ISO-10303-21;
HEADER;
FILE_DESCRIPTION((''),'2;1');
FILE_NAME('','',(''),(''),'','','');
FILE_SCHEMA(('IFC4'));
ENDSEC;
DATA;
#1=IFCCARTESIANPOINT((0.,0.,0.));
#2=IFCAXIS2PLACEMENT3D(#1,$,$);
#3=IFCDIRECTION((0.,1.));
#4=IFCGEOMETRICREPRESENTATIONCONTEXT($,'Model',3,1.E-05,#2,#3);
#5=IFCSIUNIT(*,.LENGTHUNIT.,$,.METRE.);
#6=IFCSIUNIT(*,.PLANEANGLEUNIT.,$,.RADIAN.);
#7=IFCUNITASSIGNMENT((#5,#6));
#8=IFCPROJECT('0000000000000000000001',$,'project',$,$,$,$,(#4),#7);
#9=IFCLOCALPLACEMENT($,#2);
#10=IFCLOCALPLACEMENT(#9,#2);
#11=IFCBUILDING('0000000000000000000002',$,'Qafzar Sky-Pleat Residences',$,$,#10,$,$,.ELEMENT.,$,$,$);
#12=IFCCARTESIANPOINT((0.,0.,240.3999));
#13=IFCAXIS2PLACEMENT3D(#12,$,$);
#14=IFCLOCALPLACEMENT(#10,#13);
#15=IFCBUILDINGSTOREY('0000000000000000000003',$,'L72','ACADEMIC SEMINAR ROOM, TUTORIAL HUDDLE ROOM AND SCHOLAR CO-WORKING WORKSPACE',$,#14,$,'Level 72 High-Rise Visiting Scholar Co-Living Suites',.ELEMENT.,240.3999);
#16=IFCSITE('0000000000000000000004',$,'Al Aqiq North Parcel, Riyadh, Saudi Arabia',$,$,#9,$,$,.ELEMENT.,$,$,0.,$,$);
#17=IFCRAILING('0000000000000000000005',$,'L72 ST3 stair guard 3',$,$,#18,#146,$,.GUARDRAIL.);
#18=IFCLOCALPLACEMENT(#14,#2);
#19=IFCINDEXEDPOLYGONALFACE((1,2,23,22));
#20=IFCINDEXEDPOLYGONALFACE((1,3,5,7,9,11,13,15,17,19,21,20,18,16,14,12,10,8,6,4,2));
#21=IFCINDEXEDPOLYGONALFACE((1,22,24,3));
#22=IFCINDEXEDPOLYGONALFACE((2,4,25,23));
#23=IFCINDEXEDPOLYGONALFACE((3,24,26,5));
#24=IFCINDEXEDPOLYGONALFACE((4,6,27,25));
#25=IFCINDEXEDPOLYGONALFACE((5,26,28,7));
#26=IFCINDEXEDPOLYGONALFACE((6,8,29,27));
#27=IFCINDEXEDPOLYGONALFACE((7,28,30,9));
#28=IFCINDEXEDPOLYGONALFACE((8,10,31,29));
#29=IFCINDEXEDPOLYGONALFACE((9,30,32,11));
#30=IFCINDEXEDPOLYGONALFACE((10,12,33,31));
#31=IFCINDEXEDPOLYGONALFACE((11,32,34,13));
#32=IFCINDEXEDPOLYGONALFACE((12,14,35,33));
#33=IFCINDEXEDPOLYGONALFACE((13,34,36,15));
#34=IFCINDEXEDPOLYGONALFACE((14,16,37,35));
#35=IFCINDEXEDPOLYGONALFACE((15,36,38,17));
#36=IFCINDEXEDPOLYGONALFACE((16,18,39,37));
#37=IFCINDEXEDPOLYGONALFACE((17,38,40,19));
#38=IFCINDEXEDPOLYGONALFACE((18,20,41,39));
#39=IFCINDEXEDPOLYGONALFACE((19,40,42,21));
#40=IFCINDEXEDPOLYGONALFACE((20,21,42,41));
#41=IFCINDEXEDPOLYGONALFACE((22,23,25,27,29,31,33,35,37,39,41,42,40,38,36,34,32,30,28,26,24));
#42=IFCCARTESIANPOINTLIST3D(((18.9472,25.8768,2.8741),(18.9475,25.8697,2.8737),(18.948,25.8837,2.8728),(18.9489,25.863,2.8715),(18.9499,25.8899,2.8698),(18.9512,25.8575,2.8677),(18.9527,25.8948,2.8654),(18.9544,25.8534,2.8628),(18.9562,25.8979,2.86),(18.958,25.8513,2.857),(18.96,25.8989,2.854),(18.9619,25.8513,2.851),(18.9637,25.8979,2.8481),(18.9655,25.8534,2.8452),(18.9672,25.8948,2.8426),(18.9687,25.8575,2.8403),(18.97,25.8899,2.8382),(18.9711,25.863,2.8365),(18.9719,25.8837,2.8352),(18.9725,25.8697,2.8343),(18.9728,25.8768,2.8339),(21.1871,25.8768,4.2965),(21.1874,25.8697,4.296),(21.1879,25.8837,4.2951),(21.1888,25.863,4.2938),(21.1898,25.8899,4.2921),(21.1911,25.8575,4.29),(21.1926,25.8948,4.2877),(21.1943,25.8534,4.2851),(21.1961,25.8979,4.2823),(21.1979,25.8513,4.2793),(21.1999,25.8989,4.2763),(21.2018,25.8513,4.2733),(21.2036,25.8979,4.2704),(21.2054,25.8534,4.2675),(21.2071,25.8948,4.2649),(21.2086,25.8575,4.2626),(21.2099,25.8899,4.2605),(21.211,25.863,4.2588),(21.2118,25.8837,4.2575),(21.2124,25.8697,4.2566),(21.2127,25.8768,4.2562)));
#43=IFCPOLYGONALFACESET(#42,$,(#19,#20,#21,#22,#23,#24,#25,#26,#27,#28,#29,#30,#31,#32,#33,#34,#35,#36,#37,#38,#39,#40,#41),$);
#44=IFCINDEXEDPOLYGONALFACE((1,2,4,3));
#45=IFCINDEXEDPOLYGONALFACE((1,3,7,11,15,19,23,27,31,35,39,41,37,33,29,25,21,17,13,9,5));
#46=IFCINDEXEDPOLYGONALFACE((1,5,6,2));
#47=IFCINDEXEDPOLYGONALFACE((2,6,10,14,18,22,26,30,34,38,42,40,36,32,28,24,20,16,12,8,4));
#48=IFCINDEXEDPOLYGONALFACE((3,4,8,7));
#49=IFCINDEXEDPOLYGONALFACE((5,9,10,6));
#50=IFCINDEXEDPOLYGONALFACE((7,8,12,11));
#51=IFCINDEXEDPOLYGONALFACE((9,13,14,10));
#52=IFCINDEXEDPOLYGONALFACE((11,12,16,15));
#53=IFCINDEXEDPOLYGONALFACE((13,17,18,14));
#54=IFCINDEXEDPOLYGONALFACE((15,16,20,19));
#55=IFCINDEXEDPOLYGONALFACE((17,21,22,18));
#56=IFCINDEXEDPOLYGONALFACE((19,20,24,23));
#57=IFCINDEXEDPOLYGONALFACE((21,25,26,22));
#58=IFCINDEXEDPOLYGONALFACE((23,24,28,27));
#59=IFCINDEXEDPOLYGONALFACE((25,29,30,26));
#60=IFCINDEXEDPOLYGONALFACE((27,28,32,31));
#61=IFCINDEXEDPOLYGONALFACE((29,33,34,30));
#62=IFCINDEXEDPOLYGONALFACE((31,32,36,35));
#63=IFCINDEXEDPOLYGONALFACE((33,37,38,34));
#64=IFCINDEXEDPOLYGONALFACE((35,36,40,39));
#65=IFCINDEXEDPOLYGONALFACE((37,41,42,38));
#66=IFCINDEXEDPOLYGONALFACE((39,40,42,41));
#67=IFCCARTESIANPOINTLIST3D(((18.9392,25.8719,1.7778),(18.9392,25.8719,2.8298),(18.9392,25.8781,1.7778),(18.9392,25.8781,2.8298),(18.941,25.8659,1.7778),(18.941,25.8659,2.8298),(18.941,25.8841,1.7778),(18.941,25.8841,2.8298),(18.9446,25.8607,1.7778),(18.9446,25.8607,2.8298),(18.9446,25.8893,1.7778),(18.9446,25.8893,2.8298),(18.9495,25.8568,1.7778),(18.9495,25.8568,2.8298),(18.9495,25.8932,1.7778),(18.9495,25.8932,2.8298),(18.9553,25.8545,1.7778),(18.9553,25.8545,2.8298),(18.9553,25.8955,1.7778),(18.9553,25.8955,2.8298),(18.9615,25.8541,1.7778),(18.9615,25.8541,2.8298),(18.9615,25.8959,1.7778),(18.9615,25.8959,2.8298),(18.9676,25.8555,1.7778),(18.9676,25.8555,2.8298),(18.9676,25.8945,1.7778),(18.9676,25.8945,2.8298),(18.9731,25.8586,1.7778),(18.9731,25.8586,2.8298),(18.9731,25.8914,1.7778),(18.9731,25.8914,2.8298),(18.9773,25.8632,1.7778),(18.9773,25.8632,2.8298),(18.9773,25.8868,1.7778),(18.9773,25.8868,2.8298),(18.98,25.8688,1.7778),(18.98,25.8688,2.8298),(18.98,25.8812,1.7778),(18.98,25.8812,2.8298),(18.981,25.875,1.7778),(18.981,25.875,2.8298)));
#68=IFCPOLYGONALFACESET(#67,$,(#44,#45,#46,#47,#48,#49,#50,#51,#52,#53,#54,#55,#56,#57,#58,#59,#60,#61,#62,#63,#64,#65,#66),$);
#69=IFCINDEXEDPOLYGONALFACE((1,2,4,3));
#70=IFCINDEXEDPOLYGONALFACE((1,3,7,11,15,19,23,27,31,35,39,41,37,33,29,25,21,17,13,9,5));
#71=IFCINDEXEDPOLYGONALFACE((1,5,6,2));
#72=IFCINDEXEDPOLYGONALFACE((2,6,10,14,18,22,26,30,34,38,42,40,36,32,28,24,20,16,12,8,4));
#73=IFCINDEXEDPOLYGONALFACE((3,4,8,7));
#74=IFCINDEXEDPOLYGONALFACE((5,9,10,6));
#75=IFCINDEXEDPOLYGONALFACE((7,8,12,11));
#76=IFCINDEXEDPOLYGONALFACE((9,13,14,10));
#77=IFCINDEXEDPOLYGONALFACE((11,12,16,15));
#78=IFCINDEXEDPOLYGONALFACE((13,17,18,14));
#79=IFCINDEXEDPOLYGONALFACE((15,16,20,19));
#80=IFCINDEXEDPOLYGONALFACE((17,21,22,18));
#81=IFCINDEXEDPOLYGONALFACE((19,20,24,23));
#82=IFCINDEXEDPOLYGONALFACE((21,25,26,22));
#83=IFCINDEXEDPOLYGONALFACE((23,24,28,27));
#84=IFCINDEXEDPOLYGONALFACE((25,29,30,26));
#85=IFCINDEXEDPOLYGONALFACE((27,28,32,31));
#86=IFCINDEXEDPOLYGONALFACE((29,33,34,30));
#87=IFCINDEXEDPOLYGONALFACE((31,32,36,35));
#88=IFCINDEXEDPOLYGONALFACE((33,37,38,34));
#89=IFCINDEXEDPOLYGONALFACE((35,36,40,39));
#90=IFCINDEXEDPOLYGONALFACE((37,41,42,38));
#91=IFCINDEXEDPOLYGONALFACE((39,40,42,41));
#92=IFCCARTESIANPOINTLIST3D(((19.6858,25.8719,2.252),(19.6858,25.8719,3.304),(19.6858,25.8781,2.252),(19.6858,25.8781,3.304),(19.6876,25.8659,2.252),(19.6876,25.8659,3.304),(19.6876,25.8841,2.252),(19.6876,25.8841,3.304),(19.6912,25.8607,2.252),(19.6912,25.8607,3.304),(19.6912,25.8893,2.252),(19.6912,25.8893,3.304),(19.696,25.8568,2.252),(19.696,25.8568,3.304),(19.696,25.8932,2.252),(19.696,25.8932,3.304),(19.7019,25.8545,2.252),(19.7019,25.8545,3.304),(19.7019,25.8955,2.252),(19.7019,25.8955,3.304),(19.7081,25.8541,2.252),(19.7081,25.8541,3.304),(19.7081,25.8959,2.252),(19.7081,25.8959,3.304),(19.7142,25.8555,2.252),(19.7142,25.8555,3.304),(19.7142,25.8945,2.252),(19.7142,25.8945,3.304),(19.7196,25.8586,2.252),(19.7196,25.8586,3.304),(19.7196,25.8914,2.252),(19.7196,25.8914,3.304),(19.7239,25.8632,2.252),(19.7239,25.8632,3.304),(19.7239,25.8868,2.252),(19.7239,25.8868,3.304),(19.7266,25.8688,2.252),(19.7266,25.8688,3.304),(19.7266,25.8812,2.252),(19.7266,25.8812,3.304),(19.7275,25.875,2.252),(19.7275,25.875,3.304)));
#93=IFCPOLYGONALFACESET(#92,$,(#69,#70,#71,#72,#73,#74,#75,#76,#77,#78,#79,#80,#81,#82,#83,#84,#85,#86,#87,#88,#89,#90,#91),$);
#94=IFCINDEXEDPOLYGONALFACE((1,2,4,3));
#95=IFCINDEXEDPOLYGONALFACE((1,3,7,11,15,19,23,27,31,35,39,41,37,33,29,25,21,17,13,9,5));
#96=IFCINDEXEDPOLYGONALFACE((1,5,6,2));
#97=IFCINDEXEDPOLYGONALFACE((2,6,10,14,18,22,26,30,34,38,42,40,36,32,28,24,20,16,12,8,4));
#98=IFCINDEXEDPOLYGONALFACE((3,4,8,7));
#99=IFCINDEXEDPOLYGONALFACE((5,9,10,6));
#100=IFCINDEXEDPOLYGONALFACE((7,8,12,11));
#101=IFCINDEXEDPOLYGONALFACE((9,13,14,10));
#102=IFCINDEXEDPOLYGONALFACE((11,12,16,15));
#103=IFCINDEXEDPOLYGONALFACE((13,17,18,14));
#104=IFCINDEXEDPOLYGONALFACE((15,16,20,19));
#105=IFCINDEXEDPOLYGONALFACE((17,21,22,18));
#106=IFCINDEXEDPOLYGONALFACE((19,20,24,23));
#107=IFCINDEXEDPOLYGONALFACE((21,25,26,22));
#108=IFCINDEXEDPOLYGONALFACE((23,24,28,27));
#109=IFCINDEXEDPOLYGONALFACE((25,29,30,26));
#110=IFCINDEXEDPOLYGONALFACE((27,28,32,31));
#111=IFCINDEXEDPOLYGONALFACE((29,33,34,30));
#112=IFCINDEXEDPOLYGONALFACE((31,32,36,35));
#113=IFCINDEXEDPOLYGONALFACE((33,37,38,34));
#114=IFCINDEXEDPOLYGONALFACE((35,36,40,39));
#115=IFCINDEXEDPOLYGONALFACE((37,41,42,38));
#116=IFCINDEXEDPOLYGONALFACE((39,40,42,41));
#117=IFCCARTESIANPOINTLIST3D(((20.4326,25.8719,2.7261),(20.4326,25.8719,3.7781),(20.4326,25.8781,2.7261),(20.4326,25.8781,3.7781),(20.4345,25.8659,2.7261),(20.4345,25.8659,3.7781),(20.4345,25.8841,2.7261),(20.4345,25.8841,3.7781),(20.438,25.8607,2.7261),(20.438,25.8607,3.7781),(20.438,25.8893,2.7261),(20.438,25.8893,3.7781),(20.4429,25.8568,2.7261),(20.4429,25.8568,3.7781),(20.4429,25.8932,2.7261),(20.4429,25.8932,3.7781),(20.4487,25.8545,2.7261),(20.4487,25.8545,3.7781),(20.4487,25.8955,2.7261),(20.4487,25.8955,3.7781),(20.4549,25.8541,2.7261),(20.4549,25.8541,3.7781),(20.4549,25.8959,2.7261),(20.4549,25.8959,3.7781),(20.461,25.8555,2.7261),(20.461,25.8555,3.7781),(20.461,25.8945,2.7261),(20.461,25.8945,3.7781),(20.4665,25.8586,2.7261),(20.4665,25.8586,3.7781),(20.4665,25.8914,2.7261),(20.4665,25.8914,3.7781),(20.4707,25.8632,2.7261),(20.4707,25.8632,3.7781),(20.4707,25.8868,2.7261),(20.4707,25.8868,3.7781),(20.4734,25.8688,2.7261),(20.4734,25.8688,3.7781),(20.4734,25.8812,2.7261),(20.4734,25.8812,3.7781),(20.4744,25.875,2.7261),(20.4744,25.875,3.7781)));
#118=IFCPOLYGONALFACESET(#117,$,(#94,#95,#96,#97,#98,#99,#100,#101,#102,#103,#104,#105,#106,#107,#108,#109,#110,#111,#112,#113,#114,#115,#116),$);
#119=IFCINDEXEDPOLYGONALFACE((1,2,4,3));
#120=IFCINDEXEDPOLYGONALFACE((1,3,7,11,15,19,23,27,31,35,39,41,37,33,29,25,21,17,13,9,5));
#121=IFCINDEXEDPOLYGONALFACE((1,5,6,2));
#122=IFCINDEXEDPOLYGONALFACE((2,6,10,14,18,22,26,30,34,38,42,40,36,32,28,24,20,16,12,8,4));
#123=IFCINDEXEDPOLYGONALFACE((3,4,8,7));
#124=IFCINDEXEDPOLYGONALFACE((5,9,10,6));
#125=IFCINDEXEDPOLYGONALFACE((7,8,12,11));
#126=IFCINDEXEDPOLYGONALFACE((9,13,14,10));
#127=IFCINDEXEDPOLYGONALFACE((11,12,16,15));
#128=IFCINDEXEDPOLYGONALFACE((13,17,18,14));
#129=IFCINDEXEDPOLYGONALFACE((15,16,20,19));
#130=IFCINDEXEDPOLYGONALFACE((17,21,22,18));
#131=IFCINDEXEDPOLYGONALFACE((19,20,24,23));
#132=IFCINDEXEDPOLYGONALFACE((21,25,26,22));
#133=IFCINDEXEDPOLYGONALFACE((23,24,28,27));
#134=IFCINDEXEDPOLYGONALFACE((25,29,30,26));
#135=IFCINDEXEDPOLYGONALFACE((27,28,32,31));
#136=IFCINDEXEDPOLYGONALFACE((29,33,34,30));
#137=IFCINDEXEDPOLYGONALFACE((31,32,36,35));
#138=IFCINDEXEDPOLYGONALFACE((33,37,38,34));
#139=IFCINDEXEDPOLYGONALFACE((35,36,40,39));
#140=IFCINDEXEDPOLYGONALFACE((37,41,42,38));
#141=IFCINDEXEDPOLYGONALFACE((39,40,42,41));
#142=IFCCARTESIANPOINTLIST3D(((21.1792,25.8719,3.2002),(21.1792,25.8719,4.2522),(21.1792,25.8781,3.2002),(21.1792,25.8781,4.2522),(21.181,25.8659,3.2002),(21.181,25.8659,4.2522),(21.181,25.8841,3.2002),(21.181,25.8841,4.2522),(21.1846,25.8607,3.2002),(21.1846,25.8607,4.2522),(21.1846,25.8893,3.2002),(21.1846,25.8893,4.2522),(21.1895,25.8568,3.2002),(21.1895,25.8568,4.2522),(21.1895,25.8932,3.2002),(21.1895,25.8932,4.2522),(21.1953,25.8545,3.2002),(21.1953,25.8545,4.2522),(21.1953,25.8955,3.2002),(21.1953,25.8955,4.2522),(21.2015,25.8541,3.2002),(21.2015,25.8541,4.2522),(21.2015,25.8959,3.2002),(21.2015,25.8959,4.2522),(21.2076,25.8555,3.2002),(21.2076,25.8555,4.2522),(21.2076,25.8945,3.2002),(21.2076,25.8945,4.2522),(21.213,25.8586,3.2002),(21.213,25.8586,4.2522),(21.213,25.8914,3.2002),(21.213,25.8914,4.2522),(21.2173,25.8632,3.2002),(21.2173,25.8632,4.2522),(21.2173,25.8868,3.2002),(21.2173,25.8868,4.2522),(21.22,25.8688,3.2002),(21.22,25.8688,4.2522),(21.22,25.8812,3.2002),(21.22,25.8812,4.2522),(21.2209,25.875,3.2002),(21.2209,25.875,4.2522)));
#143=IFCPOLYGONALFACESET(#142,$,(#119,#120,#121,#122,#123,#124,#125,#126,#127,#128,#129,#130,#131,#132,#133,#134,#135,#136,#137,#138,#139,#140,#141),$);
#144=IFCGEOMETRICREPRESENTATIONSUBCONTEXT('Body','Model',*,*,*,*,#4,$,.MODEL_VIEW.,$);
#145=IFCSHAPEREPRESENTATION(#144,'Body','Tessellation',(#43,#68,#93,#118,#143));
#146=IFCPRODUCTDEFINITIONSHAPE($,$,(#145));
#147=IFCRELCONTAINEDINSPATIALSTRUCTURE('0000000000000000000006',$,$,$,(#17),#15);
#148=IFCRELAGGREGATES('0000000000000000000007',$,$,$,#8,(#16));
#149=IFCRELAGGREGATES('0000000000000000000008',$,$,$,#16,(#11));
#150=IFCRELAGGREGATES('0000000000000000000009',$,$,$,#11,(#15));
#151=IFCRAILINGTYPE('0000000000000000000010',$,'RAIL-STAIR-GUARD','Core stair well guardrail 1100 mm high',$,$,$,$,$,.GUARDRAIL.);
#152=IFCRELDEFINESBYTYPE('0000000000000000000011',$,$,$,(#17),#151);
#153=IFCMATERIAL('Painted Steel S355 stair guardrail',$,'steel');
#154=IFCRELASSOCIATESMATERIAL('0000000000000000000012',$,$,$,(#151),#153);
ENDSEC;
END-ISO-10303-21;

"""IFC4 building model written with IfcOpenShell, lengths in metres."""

from ifc_helpers import new_model, si_unit, direction, frame, origin, origin_2d, place, context, subcontext, project, spatial, circle, extrude, source, transform, mapped, material, type_object, element, save


model = new_model("IFC4")

# Units and contexts
model_context = context("Model", 3, precision=1e-05, world=origin(), true_north=direction((0.0, 1.0)))
body_context = subcontext(model_context, "Body", "Model", "MODEL_VIEW")
ifc_project = project(units=[si_unit("LENGTHUNIT", "METRE"), si_unit("PLANEANGLEUNIT", "RADIAN")], contexts=[model_context])

# Site, building, storey
site_placement = place(None, origin())
site = spatial("IfcSite", under=ifc_project, at=site_placement, Name="Al Aqiq North Parcel, Riyadh, Saudi Arabia", CompositionType="ELEMENT", RefElevation=0.0)
building_placement = place(site_placement, origin())
building = spatial("IfcBuilding", under=site, at=building_placement, Name="Qafzar Sky-Pleat Residences", CompositionType="ELEMENT")
storey_placement = place(building_placement, frame((0.0, 0.0, 240.3999)))
storey = spatial("IfcBuildingStorey", under=building, at=storey_placement, Name="L72", Description="ACADEMIC SEMINAR ROOM, TUTORIAL HUDDLE ROOM AND SCHOLAR CO-WORKING WORKSPACE", LongName="Level 72 High-Rise Visiting Scholar Co-Living Suites", CompositionType="ELEMENT", Elevation=240.3999)

# Railing
ifc_material_1 = material(Name="Painted Steel S355 stair guardrail", Category="steel")
railing_type_1 = type_object("IfcRailingType", Name="RAIL-STAIR-GUARD", Description="Core stair well guardrail 1100 mm high", PredefinedType="GUARDRAIL", material=ifc_material_1)
shared_shape_1 = source(origin(), body_context, "Body", "SweptSolid", [
    extrude(circle(Radius=0.0239, at=origin_2d()), frame((0.0, 0.0, 1.0762), z_axis=(0.844188, 0.0, 0.536048), x_axis=(0.0, 1.0, 0.0)), (0.0, 0.0, 1.0), 2.6533),
    extrude(circle(Radius=0.021, at=origin_2d()), origin(), (0.0, 0.0, 1.0), 1.052),
    extrude(circle(Radius=0.021, at=origin_2d()), frame((0.7466, 0.0, 0.4741)), (0.0, 0.0, 1.0), 1.052),
    extrude(circle(Radius=0.021, at=origin_2d()), frame((1.4934, 0.0, 0.9482)), (0.0, 0.0, 1.0), 1.052),
    extrude(circle(Radius=0.021, at=origin_2d()), frame((2.24, 0.0, 1.4224)), (0.0, 0.0, 1.0), 1.052),
])
railing_1_placement = place(storey_placement, frame((18.96, 25.875, 1.7778)))
element("IfcRailing", 1, at=railing_1_placement, inside=storey, type_object=railing_type_1, Name="L72 ST3 stair guard 3", PredefinedType="GUARDRAIL", context=body_context, shape_type="MappedRepresentation", body=[
    mapped(shared_shape_1, transform((0.0, 0.0, 0.0), x_axis=(1.0, 0.0, 0.0), y_axis=(0.0, 1.0, 0.0), z_axis=(0.0, 0.0, 1.0), scale=1.0)),
])

save(model, "model.ifc")
